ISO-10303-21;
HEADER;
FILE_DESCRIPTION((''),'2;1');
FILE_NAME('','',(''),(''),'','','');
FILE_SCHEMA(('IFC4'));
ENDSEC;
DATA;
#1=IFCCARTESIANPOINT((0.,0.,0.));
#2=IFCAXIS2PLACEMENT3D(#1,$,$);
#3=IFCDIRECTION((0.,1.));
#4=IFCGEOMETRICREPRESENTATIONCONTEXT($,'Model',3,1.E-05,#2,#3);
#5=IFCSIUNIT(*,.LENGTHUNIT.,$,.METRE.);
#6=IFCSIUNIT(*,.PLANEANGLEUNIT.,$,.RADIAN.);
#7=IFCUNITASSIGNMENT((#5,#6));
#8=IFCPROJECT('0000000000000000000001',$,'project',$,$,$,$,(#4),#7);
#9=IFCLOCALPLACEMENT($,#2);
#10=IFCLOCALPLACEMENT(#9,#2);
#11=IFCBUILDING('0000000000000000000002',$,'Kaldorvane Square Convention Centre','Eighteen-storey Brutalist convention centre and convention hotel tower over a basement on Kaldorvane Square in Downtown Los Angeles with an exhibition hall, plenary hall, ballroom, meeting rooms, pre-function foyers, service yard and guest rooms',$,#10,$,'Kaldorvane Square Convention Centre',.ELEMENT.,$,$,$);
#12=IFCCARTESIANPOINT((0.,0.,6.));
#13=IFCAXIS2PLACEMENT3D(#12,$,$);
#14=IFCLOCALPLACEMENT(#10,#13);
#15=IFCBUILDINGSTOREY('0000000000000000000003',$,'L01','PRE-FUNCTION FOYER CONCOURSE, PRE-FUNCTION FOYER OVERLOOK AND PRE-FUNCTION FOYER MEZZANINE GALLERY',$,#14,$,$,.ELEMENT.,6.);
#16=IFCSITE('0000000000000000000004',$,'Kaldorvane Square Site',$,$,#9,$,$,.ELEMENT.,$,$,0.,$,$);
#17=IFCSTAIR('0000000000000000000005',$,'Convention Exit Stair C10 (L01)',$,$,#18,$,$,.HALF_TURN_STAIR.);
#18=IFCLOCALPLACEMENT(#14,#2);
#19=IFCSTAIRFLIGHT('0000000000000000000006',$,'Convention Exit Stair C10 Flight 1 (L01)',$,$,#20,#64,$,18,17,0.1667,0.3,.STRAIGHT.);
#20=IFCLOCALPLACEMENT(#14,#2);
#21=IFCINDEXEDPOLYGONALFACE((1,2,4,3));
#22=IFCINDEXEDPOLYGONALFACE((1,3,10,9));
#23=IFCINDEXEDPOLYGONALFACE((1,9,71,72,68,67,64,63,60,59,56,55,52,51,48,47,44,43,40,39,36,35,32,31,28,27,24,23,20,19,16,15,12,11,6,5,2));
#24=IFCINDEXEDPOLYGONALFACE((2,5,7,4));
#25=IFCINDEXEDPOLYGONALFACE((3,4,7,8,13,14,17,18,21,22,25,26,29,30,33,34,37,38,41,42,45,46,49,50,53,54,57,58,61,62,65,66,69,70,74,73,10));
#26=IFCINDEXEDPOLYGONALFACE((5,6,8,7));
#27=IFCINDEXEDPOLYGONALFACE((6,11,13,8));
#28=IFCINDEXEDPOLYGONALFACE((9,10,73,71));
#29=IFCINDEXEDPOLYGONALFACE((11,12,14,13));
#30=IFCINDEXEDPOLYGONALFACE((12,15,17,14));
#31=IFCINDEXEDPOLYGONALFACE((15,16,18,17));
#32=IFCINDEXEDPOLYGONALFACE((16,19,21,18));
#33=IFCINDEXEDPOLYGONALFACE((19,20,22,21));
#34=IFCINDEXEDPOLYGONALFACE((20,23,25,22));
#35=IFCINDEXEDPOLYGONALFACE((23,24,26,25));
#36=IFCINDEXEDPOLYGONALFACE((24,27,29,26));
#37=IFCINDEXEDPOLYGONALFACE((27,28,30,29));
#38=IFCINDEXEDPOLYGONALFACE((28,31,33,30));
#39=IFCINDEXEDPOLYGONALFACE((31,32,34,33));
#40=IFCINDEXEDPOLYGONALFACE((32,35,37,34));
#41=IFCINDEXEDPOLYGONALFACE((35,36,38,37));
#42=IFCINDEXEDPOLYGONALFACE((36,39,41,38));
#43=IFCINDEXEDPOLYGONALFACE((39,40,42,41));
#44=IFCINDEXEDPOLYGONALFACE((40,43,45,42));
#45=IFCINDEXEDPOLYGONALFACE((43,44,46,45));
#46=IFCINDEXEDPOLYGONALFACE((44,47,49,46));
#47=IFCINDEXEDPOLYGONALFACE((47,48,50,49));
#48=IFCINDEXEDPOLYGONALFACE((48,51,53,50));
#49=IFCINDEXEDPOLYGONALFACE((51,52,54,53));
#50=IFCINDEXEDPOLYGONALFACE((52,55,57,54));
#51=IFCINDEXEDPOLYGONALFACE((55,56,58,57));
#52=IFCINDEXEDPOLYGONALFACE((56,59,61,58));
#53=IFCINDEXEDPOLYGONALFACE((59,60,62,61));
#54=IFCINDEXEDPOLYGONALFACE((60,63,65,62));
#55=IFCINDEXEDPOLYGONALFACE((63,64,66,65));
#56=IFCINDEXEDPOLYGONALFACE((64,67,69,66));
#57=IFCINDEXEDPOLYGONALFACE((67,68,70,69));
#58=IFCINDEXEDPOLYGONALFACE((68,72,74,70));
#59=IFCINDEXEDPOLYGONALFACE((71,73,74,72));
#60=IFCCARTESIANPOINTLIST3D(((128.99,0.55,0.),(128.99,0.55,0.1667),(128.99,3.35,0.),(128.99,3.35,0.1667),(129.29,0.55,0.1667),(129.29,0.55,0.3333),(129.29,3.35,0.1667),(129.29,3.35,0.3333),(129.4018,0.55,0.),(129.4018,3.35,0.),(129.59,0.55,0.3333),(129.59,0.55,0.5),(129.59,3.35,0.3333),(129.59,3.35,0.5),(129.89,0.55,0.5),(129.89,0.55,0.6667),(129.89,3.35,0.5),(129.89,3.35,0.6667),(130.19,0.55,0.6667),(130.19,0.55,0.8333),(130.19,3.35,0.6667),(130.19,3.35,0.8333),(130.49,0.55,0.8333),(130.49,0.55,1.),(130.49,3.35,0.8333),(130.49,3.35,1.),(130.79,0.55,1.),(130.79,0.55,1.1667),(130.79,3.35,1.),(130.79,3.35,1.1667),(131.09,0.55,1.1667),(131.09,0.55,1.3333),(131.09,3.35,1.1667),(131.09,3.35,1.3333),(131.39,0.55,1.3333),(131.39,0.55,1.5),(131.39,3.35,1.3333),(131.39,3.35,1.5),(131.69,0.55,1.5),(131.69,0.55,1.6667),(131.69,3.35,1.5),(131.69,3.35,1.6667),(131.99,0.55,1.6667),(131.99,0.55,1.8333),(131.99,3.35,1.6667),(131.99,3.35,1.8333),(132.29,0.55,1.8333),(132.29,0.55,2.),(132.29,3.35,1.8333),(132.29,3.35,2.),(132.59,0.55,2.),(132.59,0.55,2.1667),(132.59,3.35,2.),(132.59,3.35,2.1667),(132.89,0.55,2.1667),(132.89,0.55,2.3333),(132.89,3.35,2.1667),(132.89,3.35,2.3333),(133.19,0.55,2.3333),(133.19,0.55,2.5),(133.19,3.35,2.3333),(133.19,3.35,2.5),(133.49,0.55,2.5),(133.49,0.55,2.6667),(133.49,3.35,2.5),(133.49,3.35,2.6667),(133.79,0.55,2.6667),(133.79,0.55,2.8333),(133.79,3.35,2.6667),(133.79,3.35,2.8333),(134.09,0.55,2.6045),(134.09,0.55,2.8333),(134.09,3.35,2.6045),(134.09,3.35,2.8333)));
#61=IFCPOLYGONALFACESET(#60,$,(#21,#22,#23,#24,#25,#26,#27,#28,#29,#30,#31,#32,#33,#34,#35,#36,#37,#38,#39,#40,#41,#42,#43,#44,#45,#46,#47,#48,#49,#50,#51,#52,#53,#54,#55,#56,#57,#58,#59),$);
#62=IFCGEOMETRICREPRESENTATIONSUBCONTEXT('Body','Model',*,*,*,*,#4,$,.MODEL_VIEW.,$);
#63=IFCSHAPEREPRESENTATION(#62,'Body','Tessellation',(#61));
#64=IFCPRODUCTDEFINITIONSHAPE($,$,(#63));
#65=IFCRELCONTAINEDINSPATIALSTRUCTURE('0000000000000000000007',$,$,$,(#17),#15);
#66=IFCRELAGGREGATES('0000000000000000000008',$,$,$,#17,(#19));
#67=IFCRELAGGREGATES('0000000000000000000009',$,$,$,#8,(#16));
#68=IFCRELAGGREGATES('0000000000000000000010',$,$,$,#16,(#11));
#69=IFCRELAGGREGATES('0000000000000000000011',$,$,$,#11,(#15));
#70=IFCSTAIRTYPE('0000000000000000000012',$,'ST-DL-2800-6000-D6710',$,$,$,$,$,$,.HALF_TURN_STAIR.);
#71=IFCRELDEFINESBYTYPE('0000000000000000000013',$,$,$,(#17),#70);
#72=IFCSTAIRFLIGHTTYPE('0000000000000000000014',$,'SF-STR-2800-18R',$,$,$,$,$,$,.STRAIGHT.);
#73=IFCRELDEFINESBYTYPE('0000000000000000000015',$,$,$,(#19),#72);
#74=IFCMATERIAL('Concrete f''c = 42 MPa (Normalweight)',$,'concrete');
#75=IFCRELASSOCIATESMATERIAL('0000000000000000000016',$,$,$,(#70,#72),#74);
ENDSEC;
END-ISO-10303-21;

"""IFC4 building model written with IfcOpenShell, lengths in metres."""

from ifc_helpers import new_model, si_unit, direction, frame, origin, place, context, subcontext, project, spatial, polyline, outline, extrude, material, type_object, element, aggregate, save


model = new_model("IFC4")

# Units and contexts
model_context = context("Model", 3, precision=1e-05, world=origin(), true_north=direction((0.0, 1.0)))
body_context = subcontext(model_context, "Body", "Model", "MODEL_VIEW")
ifc_project = project(units=[si_unit("LENGTHUNIT", "METRE"), si_unit("PLANEANGLEUNIT", "RADIAN")], contexts=[model_context])

# Site, building, storey
site_placement = place(None, origin())
site = spatial("IfcSite", under=ifc_project, at=site_placement, Name="Kaldorvane Square Site", CompositionType="ELEMENT", RefElevation=0.0)
building_placement = place(site_placement, origin())
building = spatial("IfcBuilding", under=site, at=building_placement, Name="Kaldorvane Square Convention Centre", Description="Eighteen-storey Brutalist convention centre and convention hotel tower over a basement on Kaldorvane Square in Downtown Los Angeles with an exhibition hall, plenary hall, ballroom, meeting rooms, pre-function foyers, service yard and guest rooms", LongName="Kaldorvane Square Convention Centre", CompositionType="ELEMENT")
storey_placement = place(building_placement, frame((0.0, 0.0, 6.0)))
storey = spatial("IfcBuildingStorey", under=building, at=storey_placement, Name="L01", Description="PRE-FUNCTION FOYER CONCOURSE, PRE-FUNCTION FOYER OVERLOOK AND PRE-FUNCTION FOYER MEZZANINE GALLERY", CompositionType="ELEMENT", Elevation=6.0)

# Shared definitions
ifc_material_1 = material(Name="Concrete f'c = 42 MPa (Normalweight)", Category="concrete")

# Stair, stair flight
stair_type = type_object("IfcStairType", Name="ST-DL-2800-6000-D6710", PredefinedType="HALF_TURN_STAIR", material=ifc_material_1)
stair_flight_type = type_object("IfcStairFlightType", Name="SF-STR-2800-18R", PredefinedType="STRAIGHT", material=ifc_material_1)
stair_1_placement = place(storey_placement, origin())
stair_1 = element("IfcStair", 1, at=stair_1_placement, inside=storey, type_object=stair_type, Name="Convention Exit Stair C10 (L01)", PredefinedType="HALF_TURN_STAIR")
stair_flight_1_placement = place(storey_placement, frame((128.99, 1.95, 0.0), z_axis=(0.0, 0.0, 1.0), x_axis=(1.0, 0.0, 0.0)))
stair_flight_1 = element("IfcStairFlight", 2, at=stair_flight_1_placement, type_object=stair_flight_type, Name="Convention Exit Stair C10 Flight 1 (L01)", NumberOfRisers=18, NumberOfTreads=17, PredefinedType="STRAIGHT", RiserHeight=0.1667, TreadLength=0.3, context=body_context, shape_type="SweptSolid", body=[
    extrude(outline(polyline([(0.0, 0.0), (0.0, 0.1667), (0.3, 0.1667), (0.3, 0.3333), (0.6, 0.3333), (0.6, 0.5), (0.9, 0.5), (0.9, 0.6667), (1.2, 0.6667), (1.2, 0.8333), (1.5, 0.8333), (1.5, 1.0), (1.8, 1.0), (1.8, 1.1667), (2.1, 1.1667), (2.1, 1.3333), (2.4, 1.3333), (2.4, 1.5), (2.7, 1.5), (2.7, 1.6667), (3.0, 1.6667), (3.0, 1.8333), (3.3, 1.8333), (3.3, 2.0), (3.6, 2.0), (3.6, 2.1667), (3.9, 2.1667), (3.9, 2.3333), (4.2, 2.3333), (4.2, 2.5), (4.5, 2.5), (4.5, 2.6667), (4.8, 2.6667), (4.8, 2.8333), (5.1, 2.8333), (5.1, 3.0), (5.1, 2.6045), (0.4118, 0.0), (0.0, 0.0)])), frame((0.0, 1.4, 0.0), z_axis=(0.0, -1.0, 0.0), x_axis=(1.0, 0.0, 0.0)), (0.0, 0.0, 1.0), 2.8),
])
aggregate(stair_1, [stair_flight_1])

save(model, "model.ifc")
